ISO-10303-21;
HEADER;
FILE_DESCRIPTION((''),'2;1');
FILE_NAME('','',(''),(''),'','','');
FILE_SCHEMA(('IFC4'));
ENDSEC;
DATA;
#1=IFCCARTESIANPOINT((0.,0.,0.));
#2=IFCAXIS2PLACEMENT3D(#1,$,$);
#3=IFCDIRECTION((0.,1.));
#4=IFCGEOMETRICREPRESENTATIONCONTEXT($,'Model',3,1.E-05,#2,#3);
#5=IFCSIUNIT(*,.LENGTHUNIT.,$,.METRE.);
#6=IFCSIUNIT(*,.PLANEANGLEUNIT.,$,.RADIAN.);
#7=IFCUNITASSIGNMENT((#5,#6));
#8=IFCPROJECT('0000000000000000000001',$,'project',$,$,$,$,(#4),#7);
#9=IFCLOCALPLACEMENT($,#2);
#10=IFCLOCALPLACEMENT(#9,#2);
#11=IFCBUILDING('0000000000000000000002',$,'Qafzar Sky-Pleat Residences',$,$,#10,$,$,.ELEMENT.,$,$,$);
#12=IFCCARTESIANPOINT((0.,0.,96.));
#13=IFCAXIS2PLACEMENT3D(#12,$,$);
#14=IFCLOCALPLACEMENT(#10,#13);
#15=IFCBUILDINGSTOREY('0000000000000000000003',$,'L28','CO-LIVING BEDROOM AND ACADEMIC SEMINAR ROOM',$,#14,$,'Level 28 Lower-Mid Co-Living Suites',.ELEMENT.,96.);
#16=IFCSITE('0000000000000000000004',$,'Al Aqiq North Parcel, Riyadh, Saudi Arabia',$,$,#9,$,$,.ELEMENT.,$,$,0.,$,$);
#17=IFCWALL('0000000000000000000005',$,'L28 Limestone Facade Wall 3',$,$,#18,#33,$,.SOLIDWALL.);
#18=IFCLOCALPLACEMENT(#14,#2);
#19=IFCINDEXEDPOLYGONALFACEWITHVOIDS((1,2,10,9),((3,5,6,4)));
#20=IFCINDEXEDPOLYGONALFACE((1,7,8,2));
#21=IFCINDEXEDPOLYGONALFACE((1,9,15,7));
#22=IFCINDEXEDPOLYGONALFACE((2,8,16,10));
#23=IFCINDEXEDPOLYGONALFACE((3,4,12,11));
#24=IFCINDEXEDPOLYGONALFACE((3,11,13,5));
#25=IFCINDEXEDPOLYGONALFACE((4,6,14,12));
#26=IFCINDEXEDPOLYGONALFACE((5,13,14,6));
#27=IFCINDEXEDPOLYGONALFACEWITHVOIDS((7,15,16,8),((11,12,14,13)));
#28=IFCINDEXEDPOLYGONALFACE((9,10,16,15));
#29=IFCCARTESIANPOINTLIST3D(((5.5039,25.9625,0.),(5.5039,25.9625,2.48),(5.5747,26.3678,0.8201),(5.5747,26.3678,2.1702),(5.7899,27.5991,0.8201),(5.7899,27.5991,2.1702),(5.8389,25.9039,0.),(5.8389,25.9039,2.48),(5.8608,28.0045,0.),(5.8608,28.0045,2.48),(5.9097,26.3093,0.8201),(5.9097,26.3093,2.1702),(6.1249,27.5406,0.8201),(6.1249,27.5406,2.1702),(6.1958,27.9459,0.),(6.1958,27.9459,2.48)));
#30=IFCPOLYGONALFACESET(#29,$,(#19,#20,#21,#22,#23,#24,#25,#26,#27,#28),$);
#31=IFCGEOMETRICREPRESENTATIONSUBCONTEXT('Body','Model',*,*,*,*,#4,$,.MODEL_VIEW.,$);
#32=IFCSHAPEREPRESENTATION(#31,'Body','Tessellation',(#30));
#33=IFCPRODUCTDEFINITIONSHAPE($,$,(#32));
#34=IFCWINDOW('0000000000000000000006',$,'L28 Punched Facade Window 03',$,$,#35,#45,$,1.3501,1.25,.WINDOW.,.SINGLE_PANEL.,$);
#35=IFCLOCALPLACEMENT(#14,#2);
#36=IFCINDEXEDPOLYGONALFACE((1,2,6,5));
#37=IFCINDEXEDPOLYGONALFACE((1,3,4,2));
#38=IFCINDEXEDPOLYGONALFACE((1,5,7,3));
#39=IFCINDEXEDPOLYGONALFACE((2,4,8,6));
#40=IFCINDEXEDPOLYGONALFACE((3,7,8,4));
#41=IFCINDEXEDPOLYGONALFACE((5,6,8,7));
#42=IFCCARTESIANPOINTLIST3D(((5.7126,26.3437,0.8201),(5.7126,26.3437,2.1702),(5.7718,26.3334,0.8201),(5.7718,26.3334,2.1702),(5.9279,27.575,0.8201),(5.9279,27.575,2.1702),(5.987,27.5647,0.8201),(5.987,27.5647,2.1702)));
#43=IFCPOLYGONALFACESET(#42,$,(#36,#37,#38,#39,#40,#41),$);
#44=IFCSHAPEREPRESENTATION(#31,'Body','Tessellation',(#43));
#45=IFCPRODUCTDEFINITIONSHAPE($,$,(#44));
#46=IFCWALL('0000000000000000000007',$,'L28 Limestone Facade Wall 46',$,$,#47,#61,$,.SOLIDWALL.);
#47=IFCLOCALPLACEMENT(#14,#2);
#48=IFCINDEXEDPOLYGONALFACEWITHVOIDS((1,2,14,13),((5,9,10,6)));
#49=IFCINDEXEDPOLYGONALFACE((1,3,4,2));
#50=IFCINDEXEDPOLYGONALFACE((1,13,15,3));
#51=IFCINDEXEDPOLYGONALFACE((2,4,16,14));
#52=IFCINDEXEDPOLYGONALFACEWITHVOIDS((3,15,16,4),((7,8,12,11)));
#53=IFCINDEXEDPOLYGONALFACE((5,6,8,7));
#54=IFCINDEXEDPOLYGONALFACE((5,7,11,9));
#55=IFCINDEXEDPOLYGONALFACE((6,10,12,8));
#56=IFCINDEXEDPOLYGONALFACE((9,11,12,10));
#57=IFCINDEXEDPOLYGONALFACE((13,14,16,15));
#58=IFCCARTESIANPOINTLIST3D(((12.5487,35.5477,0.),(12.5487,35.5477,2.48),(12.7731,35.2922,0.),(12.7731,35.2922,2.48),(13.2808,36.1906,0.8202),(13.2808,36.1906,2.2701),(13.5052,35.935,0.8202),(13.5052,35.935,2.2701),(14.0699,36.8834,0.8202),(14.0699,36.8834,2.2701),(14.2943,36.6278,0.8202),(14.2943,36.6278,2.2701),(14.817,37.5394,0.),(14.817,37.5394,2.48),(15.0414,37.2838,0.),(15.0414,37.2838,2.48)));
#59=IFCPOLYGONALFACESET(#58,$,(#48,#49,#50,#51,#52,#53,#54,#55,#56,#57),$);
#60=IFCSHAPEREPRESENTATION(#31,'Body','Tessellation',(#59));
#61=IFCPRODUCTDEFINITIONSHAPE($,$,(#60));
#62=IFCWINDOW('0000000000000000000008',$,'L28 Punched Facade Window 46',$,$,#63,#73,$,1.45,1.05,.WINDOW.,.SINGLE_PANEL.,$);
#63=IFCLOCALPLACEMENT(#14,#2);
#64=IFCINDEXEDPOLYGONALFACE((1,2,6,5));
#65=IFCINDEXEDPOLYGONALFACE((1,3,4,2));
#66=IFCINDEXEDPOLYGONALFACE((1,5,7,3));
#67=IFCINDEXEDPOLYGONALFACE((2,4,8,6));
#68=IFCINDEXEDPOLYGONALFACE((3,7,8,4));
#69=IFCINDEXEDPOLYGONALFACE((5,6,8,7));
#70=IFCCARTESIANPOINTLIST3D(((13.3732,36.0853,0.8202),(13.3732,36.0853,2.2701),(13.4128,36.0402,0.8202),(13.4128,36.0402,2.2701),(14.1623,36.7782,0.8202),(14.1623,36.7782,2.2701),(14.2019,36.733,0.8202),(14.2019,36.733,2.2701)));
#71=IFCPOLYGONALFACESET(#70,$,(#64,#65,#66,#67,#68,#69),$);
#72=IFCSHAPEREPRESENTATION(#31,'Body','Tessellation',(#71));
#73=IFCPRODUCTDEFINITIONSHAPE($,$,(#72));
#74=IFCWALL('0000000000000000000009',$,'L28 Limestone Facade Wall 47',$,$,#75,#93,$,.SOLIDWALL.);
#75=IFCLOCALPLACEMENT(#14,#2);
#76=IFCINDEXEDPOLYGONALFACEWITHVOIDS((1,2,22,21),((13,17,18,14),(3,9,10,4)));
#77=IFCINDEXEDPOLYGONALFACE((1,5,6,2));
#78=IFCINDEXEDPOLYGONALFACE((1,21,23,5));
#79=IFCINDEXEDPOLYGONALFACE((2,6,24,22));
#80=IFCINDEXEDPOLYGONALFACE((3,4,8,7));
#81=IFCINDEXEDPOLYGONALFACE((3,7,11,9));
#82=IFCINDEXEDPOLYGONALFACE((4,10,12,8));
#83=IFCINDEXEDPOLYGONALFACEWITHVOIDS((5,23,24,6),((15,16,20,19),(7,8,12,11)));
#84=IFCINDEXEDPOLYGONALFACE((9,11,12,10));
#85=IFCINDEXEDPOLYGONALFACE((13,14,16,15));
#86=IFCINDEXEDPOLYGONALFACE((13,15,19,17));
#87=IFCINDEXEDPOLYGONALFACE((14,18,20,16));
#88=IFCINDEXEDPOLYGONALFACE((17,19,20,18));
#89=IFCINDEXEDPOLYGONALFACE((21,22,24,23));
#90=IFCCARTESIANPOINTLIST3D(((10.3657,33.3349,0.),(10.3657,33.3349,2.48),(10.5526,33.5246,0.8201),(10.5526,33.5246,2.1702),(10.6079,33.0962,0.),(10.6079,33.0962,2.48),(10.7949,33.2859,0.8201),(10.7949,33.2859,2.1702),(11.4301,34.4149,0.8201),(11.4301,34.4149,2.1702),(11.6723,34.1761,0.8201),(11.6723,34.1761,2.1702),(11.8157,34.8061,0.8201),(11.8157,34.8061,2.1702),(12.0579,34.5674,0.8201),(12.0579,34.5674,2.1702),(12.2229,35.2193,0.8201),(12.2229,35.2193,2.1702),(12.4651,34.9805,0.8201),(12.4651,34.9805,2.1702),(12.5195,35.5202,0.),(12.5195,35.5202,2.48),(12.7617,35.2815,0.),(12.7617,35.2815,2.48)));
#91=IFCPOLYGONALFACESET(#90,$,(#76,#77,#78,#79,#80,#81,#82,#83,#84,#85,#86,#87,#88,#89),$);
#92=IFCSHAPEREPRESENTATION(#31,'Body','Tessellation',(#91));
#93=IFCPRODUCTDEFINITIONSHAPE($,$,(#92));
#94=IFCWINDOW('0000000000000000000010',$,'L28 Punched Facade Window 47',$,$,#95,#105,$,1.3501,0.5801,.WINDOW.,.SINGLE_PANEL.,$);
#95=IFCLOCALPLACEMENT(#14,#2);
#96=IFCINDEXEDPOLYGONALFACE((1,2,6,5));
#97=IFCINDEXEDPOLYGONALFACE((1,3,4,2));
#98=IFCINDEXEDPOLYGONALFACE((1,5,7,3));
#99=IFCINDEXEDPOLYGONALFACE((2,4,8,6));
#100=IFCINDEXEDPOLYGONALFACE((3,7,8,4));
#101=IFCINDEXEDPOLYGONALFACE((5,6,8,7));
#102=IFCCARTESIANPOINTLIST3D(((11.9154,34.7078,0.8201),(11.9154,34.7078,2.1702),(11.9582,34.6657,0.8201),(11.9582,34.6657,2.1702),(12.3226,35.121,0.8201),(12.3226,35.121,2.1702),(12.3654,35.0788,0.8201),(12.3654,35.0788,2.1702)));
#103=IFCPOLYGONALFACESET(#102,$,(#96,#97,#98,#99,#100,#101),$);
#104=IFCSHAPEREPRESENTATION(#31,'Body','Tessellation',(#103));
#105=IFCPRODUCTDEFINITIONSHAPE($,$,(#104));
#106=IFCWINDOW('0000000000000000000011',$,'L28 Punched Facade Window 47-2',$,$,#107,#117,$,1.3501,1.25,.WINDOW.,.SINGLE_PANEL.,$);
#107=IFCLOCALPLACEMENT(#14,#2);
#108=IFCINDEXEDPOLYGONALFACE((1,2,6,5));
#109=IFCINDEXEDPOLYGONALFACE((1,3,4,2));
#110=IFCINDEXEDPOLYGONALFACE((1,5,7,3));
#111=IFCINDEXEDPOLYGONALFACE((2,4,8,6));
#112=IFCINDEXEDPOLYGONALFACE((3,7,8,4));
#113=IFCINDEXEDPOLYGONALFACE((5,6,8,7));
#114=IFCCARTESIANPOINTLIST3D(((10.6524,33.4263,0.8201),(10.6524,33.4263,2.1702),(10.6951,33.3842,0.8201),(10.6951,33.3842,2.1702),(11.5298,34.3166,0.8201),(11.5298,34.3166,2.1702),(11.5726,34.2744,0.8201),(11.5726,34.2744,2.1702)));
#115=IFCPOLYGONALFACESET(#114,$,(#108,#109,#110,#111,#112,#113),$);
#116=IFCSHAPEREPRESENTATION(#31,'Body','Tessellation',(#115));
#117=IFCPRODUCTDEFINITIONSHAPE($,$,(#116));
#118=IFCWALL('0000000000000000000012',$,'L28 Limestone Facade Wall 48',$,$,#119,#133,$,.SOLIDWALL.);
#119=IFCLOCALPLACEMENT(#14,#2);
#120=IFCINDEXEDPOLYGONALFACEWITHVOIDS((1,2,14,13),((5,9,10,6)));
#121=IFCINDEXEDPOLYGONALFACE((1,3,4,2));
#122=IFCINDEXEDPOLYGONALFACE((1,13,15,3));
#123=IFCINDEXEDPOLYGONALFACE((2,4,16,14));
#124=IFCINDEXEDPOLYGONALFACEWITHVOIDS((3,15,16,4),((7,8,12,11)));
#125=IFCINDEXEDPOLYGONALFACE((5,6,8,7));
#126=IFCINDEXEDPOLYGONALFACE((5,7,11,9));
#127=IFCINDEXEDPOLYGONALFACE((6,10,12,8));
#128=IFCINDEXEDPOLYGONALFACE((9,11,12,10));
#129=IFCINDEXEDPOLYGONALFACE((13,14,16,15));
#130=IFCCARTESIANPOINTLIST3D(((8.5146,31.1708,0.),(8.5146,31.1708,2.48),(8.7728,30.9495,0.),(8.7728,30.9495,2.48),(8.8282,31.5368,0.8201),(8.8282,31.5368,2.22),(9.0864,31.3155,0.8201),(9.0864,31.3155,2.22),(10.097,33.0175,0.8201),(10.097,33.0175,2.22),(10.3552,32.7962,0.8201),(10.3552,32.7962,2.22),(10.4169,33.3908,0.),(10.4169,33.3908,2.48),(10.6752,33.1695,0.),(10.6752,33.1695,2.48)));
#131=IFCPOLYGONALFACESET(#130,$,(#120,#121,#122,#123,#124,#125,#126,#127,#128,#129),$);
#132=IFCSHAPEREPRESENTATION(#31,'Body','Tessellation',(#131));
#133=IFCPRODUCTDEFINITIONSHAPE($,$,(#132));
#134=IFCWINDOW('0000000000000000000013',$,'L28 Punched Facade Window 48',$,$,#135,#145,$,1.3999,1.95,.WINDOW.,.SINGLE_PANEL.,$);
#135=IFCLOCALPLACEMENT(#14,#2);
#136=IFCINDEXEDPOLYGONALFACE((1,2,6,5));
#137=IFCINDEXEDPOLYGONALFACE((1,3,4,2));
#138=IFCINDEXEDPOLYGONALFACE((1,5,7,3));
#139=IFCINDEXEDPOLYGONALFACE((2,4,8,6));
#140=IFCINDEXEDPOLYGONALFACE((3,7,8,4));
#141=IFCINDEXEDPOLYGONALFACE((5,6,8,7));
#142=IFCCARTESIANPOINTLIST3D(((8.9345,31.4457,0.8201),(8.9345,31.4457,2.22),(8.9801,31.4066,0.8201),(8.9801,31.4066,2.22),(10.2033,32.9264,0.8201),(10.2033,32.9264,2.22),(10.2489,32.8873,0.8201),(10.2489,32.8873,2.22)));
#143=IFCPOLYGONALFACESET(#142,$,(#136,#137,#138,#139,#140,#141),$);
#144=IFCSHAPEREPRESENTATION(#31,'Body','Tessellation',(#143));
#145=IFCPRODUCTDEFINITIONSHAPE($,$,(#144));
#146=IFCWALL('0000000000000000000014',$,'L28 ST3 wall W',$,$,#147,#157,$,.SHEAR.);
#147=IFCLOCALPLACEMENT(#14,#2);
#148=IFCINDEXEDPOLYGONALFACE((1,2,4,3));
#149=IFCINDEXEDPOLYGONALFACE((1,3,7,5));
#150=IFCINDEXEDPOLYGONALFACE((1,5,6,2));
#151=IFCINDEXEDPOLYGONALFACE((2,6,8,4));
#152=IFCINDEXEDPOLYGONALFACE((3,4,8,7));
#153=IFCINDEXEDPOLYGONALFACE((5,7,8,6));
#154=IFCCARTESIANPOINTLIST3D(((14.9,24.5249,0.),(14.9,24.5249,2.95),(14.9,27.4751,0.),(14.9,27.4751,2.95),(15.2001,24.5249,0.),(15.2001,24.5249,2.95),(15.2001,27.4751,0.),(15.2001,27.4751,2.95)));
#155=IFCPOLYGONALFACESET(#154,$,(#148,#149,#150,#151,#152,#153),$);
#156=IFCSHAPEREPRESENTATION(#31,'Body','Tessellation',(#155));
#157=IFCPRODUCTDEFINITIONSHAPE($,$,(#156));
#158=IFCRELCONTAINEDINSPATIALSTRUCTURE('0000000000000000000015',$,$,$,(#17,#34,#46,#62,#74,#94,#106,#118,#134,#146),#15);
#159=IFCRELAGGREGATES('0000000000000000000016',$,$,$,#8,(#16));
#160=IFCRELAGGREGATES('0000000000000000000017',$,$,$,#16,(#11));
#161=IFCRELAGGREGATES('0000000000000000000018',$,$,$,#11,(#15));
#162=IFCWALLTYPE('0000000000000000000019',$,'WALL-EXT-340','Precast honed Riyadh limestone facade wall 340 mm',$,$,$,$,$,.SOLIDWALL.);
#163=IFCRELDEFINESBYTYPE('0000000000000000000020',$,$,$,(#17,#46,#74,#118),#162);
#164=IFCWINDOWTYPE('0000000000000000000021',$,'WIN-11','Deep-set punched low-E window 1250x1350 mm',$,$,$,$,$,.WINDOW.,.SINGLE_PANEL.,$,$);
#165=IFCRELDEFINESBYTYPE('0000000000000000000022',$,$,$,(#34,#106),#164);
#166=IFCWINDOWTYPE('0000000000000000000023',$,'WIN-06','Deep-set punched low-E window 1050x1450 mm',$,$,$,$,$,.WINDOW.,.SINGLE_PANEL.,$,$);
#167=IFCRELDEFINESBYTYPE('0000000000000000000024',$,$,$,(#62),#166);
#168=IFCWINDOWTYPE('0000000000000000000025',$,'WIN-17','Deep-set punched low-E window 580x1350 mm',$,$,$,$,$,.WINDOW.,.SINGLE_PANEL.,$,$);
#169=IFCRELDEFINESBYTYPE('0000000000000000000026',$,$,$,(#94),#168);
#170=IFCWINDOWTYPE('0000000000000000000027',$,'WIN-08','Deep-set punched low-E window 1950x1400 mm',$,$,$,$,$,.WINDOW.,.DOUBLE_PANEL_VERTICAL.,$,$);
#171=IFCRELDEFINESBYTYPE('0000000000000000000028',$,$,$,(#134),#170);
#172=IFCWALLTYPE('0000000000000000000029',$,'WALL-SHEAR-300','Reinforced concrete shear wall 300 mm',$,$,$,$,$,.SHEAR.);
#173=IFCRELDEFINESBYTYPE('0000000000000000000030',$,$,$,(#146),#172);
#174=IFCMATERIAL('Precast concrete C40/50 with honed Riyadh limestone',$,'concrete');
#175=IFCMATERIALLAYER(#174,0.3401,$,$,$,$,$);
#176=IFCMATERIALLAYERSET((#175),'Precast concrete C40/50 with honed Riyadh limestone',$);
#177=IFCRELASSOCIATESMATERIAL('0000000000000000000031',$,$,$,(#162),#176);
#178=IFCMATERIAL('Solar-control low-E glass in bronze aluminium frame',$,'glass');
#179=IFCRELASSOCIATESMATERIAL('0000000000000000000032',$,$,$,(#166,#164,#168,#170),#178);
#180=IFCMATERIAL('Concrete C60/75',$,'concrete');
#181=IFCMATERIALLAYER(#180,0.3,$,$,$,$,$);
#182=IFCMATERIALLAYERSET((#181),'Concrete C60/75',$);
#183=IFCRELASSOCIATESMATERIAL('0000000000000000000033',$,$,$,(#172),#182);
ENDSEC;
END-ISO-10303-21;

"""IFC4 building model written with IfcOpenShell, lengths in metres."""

from ifc_helpers import new_model, si_unit, direction, frame, frame_2d, origin, place, context, subcontext, project, spatial, rectangle, extrude, source, transform, mapped, material, layer, layer_set, type_object, element, fill, save


model = new_model("IFC4")

# Units and contexts
model_context = context("Model", 3, precision=1e-05, world=origin(), true_north=direction((0.0, 1.0)))
body_context = subcontext(model_context, "Body", "Model", "MODEL_VIEW")
ifc_project = project(units=[si_unit("LENGTHUNIT", "METRE"), si_unit("PLANEANGLEUNIT", "RADIAN")], contexts=[model_context])

# Site, building, storey
site_placement = place(None, origin())
site = spatial("IfcSite", under=ifc_project, at=site_placement, Name="Al Aqiq North Parcel, Riyadh, Saudi Arabia", CompositionType="ELEMENT", RefElevation=0.0)
building_placement = place(site_placement, origin())
building = spatial("IfcBuilding", under=site, at=building_placement, Name="Qafzar Sky-Pleat Residences", CompositionType="ELEMENT")
storey_placement = place(building_placement, frame((0.0, 0.0, 96.0)))
storey = spatial("IfcBuildingStorey", under=building, at=storey_placement, Name="L28", Description="CO-LIVING BEDROOM AND ACADEMIC SEMINAR ROOM", LongName="Level 28 Lower-Mid Co-Living Suites", CompositionType="ELEMENT", Elevation=96.0)

# Shared definitions
ifc_material_1 = material(Name="Concrete C60/75", Category="concrete")

# Walls, openings, windows
ifc_material_2 = material(Name="Precast concrete C40/50 with honed Riyadh limestone", Category="concrete")
ifc_layer_1 = layer(ifc_material_2, 0.3401)
ifc_layer_set_1 = layer_set([ifc_layer_1], Name="Precast concrete C40/50 with honed Riyadh limestone")
wall_type_1 = type_object("IfcWallType", Name="WALL-EXT-340", Description="Precast honed Riyadh limestone facade wall 340 mm", PredefinedType="SOLIDWALL", material=ifc_layer_set_1)
ifc_material_3 = material(Name="Solar-control low-E glass in bronze aluminium frame", Category="glass")
window_type_1 = type_object("IfcWindowType", Name="WIN-06", Description="Deep-set punched low-E window 1050x1450 mm", PartitioningType="SINGLE_PANEL", PredefinedType="WINDOW", material=ifc_material_3)
shared_shape_1 = source(origin(), body_context, "Body", "SweptSolid", [
    extrude(rectangle(XDim=1.05, YDim=1.45, at=frame_2d((0.5249, 0.7251))), frame((0.0, 0.03, 0.0), z_axis=(0.0, -1.0, 0.0), x_axis=(1.0, 0.0, 0.0)), (0.0, 0.0, 1.0), 0.0601),
])
wall_1_placement = place(storey_placement, frame((6.0283, 27.9753, 0.0), z_axis=(0.0, 0.0, 1.0), x_axis=(-0.172186, -0.985064, 0.0)))
wall_1 = element("IfcWall", 1, at=wall_1_placement, inside=storey, type_object=wall_type_1, Name="L28 Limestone Facade Wall 3", PredefinedType="SOLIDWALL", context=body_context, shape_type="SweptSolid", body=[
    extrude(rectangle(XDim=2.073, YDim=0.3401, at=frame_2d((1.0366, 0.0))), origin(), (0.0, 0.0, 1.0), 2.48),
])
opening_1_placement = place(wall_1_placement, frame((0.4116, 0.0, 0.8201)))
opening_1 = element("IfcOpeningElement", 2, at=opening_1_placement, cuts=wall_1, PredefinedType="OPENING", context=body_context, shape_type="SweptSolid", body=[
    extrude(rectangle(XDim=1.25, YDim=1.3501, at=frame_2d((0.625, 0.675))), frame((0.0, 0.1802, 0.0), z_axis=(0.0, -1.0, 0.0), x_axis=(1.0, 0.0, 0.0)), (0.0, 0.0, 1.0), 0.3601),
])
window_type_2 = type_object("IfcWindowType", Name="WIN-11", Description="Deep-set punched low-E window 1250x1350 mm", PartitioningType="SINGLE_PANEL", PredefinedType="WINDOW", material=ifc_material_3)
shared_shape_2 = source(origin(), body_context, "Body", "SweptSolid", [
    extrude(rectangle(XDim=1.25, YDim=1.3501, at=frame_2d((0.625, 0.675))), frame((0.0, 0.03, 0.0), z_axis=(0.0, -1.0, 0.0), x_axis=(1.0, 0.0, 0.0)), (0.0, 0.0, 1.0), 0.0601),
])
window_1_placement = place(opening_1_placement, origin())
window_1 = element("IfcWindow", 3, at=window_1_placement, inside=storey, type_object=window_type_2, Name="L28 Punched Facade Window 03", OverallHeight=1.3501, OverallWidth=1.25, PartitioningType="SINGLE_PANEL", PredefinedType="WINDOW", context=body_context, shape_type="MappedRepresentation", body=[
    mapped(shared_shape_2, transform((0.0, 0.0, 0.0), x_axis=(1.0, 0.0, 0.0), y_axis=(0.0, 1.0, 0.0), z_axis=(0.0, 0.0, 1.0), scale=1.0)),
])
fill(opening_1, window_1)
wall_2_placement = place(storey_placement, frame((14.9292, 37.4116, 0.0), z_axis=(0.0, 0.0, 1.0), x_axis=(-0.751438, -0.659803, 0.0)))
wall_2 = element("IfcWall", 4, at=wall_2_placement, inside=storey, type_object=wall_type_1, Name="L28 Limestone Facade Wall 46", PredefinedType="SOLIDWALL", context=body_context, shape_type="SweptSolid", body=[
    extrude(rectangle(XDim=3.0186, YDim=0.3401, at=frame_2d((1.5093, 0.0))), origin(), (0.0, 0.0, 1.0), 2.48),
])
opening_2_placement = place(wall_2_placement, frame((0.9944, 0.0, 0.8201)))
opening_2 = element("IfcOpeningElement", 5, at=opening_2_placement, cuts=wall_2, PredefinedType="OPENING", context=body_context, shape_type="SweptSolid", body=[
    extrude(rectangle(XDim=1.05, YDim=1.45, at=frame_2d((0.5249, 0.7251))), frame((0.0, 0.1802, 0.0), z_axis=(0.0, -1.0, 0.0), x_axis=(1.0, 0.0, 0.0)), (0.0, 0.0, 1.0), 0.3601),
])
window_2_placement = place(opening_2_placement, origin())
window_2 = element("IfcWindow", 6, at=window_2_placement, inside=storey, type_object=window_type_1, Name="L28 Punched Facade Window 46", OverallHeight=1.45, OverallWidth=1.05, PartitioningType="SINGLE_PANEL", PredefinedType="WINDOW", context=body_context, shape_type="MappedRepresentation", body=[
    mapped(shared_shape_1, transform((0.0, 0.0, 0.0), x_axis=(1.0, 0.0, 0.0), y_axis=(0.0, 1.0, 0.0), z_axis=(0.0, 0.0, 1.0), scale=1.0)),
])
fill(opening_2, window_2)

# Wall, openings, windows
wall_3_placement = place(storey_placement, frame((12.6406, 35.4009, 0.0), z_axis=(0.0, 0.0, 1.0), x_axis=(-0.701956, -0.71222, 0.0)))
wall_3 = element("IfcWall", 7, at=wall_3_placement, inside=storey, type_object=wall_type_1, Name="L28 Limestone Facade Wall 47", PredefinedType="SOLIDWALL", context=body_context, shape_type="SweptSolid", body=[
    extrude(rectangle(XDim=3.0684, YDim=0.3401, at=frame_2d((1.5342, 0.0))), origin(), (0.0, 0.0, 1.0), 2.48),
])
opening_3_placement = place(wall_3_placement, frame((0.4226, 0.0, 0.8201)))
opening_3 = element("IfcOpeningElement", 8, at=opening_3_placement, cuts=wall_3, PredefinedType="OPENING", context=body_context, shape_type="SweptSolid", body=[
    extrude(rectangle(XDim=0.5801, YDim=1.3501, at=frame_2d((0.29, 0.675))), frame((0.0, 0.1802, 0.0), z_axis=(0.0, -1.0, 0.0), x_axis=(1.0, 0.0, 0.0)), (0.0, 0.0, 1.0), 0.3601),
])
opening_4_placement = place(wall_3_placement, frame((1.552, 0.0, 0.8201)))
opening_4 = element("IfcOpeningElement", 9, at=opening_4_placement, cuts=wall_3, PredefinedType="OPENING", context=body_context, shape_type="SweptSolid", body=[
    extrude(rectangle(XDim=1.25, YDim=1.3501, at=frame_2d((0.625, 0.675))), frame((0.0, 0.1802, 0.0), z_axis=(0.0, -1.0, 0.0), x_axis=(1.0, 0.0, 0.0)), (0.0, 0.0, 1.0), 0.3601),
])
window_type_3 = type_object("IfcWindowType", Name="WIN-17", Description="Deep-set punched low-E window 580x1350 mm", PartitioningType="SINGLE_PANEL", PredefinedType="WINDOW", material=ifc_material_3)
shared_shape_3 = source(origin(), body_context, "Body", "SweptSolid", [
    extrude(rectangle(XDim=0.5801, YDim=1.3501, at=frame_2d((0.29, 0.675))), frame((0.0, 0.03, 0.0), z_axis=(0.0, -1.0, 0.0), x_axis=(1.0, 0.0, 0.0)), (0.0, 0.0, 1.0), 0.0601),
])
window_3_placement = place(opening_3_placement, origin())
window_3 = element("IfcWindow", 10, at=window_3_placement, inside=storey, type_object=window_type_3, Name="L28 Punched Facade Window 47", OverallHeight=1.3501, OverallWidth=0.5801, PartitioningType="SINGLE_PANEL", PredefinedType="WINDOW", context=body_context, shape_type="MappedRepresentation", body=[
    mapped(shared_shape_3, transform((0.0, 0.0, 0.0), x_axis=(1.0, 0.0, 0.0), y_axis=(0.0, 1.0, 0.0), z_axis=(0.0, 0.0, 1.0), scale=1.0)),
])
fill(opening_3, window_3)
window_4_placement = place(opening_4_placement, origin())
window_4 = element("IfcWindow", 11, at=window_4_placement, inside=storey, type_object=window_type_2, Name="L28 Punched Facade Window 47-2", OverallHeight=1.3501, OverallWidth=1.25, PartitioningType="SINGLE_PANEL", PredefinedType="WINDOW", context=body_context, shape_type="MappedRepresentation", body=[
    mapped(shared_shape_2, transform((0.0, 0.0, 0.0), x_axis=(1.0, 0.0, 0.0), y_axis=(0.0, 1.0, 0.0), z_axis=(0.0, 0.0, 1.0), scale=1.0)),
])
fill(opening_4, window_4)

# Wall, opening, window
wall_4_placement = place(storey_placement, frame((10.5461, 33.2803, 0.0), z_axis=(0.0, 0.0, 1.0), x_axis=(-0.650695, -0.759339, 0.0)))
wall_4 = element("IfcWall", 12, at=wall_4_placement, inside=storey, type_object=wall_type_1, Name="L28 Limestone Facade Wall 48", PredefinedType="SOLIDWALL", context=body_context, shape_type="SweptSolid", body=[
    extrude(rectangle(XDim=2.9236, YDim=0.3401, at=frame_2d((1.4619, 0.0))), origin(), (0.0, 0.0, 1.0), 2.48),
])
opening_5_placement = place(wall_4_placement, frame((0.4917, 0.0, 0.8201)))
opening_5 = element("IfcOpeningElement", 13, at=opening_5_placement, cuts=wall_4, PredefinedType="OPENING", context=body_context, shape_type="SweptSolid", body=[
    extrude(rectangle(XDim=1.95, YDim=1.3999, at=frame_2d((0.9751, 0.7))), frame((0.0, 0.1802, 0.0), z_axis=(0.0, -1.0, 0.0), x_axis=(1.0, 0.0, 0.0)), (0.0, 0.0, 1.0), 0.3601),
])
window_type_4 = type_object("IfcWindowType", Name="WIN-08", Description="Deep-set punched low-E window 1950x1400 mm", PartitioningType="DOUBLE_PANEL_VERTICAL", PredefinedType="WINDOW", material=ifc_material_3)
shared_shape_4 = source(origin(), body_context, "Body", "SweptSolid", [
    extrude(rectangle(XDim=1.95, YDim=1.3999, at=frame_2d((0.9751, 0.7))), frame((0.0, 0.03, 0.0), z_axis=(0.0, -1.0, 0.0), x_axis=(1.0, 0.0, 0.0)), (0.0, 0.0, 1.0), 0.0601),
])
window_5_placement = place(opening_5_placement, origin())
window_5 = element("IfcWindow", 14, at=window_5_placement, inside=storey, type_object=window_type_4, Name="L28 Punched Facade Window 48", OverallHeight=1.3999, OverallWidth=1.95, PartitioningType="SINGLE_PANEL", PredefinedType="WINDOW", context=body_context, shape_type="MappedRepresentation", body=[
    mapped(shared_shape_4, transform((0.0, 0.0, 0.0), x_axis=(1.0, 0.0, 0.0), y_axis=(0.0, 1.0, 0.0), z_axis=(0.0, 0.0, 1.0), scale=1.0)),
])
fill(opening_5, window_5)

# Wall
ifc_layer_2 = layer(ifc_material_1, 0.3)
ifc_layer_set_2 = layer_set([ifc_layer_2], Name="Concrete C60/75")
wall_type_2 = type_object("IfcWallType", Name="WALL-SHEAR-300", Description="Reinforced concrete shear wall 300 mm", PredefinedType="SHEAR", material=ifc_layer_set_2)
wall_5_placement = place(storey_placement, frame((15.05, 27.4751, 0.0), z_axis=(0.0, 0.0, 1.0), x_axis=(0.0, -1.0, 0.0)))
element("IfcWall", 15, at=wall_5_placement, inside=storey, type_object=wall_type_2, Name="L28 ST3 wall W", PredefinedType="SHEAR", context=body_context, shape_type="SweptSolid", body=[
    extrude(rectangle(XDim=2.9502, YDim=0.3, at=frame_2d((1.4751, 0.0))), origin(), (0.0, 0.0, 1.0), 2.95),
])

save(model, "model.ifc")
